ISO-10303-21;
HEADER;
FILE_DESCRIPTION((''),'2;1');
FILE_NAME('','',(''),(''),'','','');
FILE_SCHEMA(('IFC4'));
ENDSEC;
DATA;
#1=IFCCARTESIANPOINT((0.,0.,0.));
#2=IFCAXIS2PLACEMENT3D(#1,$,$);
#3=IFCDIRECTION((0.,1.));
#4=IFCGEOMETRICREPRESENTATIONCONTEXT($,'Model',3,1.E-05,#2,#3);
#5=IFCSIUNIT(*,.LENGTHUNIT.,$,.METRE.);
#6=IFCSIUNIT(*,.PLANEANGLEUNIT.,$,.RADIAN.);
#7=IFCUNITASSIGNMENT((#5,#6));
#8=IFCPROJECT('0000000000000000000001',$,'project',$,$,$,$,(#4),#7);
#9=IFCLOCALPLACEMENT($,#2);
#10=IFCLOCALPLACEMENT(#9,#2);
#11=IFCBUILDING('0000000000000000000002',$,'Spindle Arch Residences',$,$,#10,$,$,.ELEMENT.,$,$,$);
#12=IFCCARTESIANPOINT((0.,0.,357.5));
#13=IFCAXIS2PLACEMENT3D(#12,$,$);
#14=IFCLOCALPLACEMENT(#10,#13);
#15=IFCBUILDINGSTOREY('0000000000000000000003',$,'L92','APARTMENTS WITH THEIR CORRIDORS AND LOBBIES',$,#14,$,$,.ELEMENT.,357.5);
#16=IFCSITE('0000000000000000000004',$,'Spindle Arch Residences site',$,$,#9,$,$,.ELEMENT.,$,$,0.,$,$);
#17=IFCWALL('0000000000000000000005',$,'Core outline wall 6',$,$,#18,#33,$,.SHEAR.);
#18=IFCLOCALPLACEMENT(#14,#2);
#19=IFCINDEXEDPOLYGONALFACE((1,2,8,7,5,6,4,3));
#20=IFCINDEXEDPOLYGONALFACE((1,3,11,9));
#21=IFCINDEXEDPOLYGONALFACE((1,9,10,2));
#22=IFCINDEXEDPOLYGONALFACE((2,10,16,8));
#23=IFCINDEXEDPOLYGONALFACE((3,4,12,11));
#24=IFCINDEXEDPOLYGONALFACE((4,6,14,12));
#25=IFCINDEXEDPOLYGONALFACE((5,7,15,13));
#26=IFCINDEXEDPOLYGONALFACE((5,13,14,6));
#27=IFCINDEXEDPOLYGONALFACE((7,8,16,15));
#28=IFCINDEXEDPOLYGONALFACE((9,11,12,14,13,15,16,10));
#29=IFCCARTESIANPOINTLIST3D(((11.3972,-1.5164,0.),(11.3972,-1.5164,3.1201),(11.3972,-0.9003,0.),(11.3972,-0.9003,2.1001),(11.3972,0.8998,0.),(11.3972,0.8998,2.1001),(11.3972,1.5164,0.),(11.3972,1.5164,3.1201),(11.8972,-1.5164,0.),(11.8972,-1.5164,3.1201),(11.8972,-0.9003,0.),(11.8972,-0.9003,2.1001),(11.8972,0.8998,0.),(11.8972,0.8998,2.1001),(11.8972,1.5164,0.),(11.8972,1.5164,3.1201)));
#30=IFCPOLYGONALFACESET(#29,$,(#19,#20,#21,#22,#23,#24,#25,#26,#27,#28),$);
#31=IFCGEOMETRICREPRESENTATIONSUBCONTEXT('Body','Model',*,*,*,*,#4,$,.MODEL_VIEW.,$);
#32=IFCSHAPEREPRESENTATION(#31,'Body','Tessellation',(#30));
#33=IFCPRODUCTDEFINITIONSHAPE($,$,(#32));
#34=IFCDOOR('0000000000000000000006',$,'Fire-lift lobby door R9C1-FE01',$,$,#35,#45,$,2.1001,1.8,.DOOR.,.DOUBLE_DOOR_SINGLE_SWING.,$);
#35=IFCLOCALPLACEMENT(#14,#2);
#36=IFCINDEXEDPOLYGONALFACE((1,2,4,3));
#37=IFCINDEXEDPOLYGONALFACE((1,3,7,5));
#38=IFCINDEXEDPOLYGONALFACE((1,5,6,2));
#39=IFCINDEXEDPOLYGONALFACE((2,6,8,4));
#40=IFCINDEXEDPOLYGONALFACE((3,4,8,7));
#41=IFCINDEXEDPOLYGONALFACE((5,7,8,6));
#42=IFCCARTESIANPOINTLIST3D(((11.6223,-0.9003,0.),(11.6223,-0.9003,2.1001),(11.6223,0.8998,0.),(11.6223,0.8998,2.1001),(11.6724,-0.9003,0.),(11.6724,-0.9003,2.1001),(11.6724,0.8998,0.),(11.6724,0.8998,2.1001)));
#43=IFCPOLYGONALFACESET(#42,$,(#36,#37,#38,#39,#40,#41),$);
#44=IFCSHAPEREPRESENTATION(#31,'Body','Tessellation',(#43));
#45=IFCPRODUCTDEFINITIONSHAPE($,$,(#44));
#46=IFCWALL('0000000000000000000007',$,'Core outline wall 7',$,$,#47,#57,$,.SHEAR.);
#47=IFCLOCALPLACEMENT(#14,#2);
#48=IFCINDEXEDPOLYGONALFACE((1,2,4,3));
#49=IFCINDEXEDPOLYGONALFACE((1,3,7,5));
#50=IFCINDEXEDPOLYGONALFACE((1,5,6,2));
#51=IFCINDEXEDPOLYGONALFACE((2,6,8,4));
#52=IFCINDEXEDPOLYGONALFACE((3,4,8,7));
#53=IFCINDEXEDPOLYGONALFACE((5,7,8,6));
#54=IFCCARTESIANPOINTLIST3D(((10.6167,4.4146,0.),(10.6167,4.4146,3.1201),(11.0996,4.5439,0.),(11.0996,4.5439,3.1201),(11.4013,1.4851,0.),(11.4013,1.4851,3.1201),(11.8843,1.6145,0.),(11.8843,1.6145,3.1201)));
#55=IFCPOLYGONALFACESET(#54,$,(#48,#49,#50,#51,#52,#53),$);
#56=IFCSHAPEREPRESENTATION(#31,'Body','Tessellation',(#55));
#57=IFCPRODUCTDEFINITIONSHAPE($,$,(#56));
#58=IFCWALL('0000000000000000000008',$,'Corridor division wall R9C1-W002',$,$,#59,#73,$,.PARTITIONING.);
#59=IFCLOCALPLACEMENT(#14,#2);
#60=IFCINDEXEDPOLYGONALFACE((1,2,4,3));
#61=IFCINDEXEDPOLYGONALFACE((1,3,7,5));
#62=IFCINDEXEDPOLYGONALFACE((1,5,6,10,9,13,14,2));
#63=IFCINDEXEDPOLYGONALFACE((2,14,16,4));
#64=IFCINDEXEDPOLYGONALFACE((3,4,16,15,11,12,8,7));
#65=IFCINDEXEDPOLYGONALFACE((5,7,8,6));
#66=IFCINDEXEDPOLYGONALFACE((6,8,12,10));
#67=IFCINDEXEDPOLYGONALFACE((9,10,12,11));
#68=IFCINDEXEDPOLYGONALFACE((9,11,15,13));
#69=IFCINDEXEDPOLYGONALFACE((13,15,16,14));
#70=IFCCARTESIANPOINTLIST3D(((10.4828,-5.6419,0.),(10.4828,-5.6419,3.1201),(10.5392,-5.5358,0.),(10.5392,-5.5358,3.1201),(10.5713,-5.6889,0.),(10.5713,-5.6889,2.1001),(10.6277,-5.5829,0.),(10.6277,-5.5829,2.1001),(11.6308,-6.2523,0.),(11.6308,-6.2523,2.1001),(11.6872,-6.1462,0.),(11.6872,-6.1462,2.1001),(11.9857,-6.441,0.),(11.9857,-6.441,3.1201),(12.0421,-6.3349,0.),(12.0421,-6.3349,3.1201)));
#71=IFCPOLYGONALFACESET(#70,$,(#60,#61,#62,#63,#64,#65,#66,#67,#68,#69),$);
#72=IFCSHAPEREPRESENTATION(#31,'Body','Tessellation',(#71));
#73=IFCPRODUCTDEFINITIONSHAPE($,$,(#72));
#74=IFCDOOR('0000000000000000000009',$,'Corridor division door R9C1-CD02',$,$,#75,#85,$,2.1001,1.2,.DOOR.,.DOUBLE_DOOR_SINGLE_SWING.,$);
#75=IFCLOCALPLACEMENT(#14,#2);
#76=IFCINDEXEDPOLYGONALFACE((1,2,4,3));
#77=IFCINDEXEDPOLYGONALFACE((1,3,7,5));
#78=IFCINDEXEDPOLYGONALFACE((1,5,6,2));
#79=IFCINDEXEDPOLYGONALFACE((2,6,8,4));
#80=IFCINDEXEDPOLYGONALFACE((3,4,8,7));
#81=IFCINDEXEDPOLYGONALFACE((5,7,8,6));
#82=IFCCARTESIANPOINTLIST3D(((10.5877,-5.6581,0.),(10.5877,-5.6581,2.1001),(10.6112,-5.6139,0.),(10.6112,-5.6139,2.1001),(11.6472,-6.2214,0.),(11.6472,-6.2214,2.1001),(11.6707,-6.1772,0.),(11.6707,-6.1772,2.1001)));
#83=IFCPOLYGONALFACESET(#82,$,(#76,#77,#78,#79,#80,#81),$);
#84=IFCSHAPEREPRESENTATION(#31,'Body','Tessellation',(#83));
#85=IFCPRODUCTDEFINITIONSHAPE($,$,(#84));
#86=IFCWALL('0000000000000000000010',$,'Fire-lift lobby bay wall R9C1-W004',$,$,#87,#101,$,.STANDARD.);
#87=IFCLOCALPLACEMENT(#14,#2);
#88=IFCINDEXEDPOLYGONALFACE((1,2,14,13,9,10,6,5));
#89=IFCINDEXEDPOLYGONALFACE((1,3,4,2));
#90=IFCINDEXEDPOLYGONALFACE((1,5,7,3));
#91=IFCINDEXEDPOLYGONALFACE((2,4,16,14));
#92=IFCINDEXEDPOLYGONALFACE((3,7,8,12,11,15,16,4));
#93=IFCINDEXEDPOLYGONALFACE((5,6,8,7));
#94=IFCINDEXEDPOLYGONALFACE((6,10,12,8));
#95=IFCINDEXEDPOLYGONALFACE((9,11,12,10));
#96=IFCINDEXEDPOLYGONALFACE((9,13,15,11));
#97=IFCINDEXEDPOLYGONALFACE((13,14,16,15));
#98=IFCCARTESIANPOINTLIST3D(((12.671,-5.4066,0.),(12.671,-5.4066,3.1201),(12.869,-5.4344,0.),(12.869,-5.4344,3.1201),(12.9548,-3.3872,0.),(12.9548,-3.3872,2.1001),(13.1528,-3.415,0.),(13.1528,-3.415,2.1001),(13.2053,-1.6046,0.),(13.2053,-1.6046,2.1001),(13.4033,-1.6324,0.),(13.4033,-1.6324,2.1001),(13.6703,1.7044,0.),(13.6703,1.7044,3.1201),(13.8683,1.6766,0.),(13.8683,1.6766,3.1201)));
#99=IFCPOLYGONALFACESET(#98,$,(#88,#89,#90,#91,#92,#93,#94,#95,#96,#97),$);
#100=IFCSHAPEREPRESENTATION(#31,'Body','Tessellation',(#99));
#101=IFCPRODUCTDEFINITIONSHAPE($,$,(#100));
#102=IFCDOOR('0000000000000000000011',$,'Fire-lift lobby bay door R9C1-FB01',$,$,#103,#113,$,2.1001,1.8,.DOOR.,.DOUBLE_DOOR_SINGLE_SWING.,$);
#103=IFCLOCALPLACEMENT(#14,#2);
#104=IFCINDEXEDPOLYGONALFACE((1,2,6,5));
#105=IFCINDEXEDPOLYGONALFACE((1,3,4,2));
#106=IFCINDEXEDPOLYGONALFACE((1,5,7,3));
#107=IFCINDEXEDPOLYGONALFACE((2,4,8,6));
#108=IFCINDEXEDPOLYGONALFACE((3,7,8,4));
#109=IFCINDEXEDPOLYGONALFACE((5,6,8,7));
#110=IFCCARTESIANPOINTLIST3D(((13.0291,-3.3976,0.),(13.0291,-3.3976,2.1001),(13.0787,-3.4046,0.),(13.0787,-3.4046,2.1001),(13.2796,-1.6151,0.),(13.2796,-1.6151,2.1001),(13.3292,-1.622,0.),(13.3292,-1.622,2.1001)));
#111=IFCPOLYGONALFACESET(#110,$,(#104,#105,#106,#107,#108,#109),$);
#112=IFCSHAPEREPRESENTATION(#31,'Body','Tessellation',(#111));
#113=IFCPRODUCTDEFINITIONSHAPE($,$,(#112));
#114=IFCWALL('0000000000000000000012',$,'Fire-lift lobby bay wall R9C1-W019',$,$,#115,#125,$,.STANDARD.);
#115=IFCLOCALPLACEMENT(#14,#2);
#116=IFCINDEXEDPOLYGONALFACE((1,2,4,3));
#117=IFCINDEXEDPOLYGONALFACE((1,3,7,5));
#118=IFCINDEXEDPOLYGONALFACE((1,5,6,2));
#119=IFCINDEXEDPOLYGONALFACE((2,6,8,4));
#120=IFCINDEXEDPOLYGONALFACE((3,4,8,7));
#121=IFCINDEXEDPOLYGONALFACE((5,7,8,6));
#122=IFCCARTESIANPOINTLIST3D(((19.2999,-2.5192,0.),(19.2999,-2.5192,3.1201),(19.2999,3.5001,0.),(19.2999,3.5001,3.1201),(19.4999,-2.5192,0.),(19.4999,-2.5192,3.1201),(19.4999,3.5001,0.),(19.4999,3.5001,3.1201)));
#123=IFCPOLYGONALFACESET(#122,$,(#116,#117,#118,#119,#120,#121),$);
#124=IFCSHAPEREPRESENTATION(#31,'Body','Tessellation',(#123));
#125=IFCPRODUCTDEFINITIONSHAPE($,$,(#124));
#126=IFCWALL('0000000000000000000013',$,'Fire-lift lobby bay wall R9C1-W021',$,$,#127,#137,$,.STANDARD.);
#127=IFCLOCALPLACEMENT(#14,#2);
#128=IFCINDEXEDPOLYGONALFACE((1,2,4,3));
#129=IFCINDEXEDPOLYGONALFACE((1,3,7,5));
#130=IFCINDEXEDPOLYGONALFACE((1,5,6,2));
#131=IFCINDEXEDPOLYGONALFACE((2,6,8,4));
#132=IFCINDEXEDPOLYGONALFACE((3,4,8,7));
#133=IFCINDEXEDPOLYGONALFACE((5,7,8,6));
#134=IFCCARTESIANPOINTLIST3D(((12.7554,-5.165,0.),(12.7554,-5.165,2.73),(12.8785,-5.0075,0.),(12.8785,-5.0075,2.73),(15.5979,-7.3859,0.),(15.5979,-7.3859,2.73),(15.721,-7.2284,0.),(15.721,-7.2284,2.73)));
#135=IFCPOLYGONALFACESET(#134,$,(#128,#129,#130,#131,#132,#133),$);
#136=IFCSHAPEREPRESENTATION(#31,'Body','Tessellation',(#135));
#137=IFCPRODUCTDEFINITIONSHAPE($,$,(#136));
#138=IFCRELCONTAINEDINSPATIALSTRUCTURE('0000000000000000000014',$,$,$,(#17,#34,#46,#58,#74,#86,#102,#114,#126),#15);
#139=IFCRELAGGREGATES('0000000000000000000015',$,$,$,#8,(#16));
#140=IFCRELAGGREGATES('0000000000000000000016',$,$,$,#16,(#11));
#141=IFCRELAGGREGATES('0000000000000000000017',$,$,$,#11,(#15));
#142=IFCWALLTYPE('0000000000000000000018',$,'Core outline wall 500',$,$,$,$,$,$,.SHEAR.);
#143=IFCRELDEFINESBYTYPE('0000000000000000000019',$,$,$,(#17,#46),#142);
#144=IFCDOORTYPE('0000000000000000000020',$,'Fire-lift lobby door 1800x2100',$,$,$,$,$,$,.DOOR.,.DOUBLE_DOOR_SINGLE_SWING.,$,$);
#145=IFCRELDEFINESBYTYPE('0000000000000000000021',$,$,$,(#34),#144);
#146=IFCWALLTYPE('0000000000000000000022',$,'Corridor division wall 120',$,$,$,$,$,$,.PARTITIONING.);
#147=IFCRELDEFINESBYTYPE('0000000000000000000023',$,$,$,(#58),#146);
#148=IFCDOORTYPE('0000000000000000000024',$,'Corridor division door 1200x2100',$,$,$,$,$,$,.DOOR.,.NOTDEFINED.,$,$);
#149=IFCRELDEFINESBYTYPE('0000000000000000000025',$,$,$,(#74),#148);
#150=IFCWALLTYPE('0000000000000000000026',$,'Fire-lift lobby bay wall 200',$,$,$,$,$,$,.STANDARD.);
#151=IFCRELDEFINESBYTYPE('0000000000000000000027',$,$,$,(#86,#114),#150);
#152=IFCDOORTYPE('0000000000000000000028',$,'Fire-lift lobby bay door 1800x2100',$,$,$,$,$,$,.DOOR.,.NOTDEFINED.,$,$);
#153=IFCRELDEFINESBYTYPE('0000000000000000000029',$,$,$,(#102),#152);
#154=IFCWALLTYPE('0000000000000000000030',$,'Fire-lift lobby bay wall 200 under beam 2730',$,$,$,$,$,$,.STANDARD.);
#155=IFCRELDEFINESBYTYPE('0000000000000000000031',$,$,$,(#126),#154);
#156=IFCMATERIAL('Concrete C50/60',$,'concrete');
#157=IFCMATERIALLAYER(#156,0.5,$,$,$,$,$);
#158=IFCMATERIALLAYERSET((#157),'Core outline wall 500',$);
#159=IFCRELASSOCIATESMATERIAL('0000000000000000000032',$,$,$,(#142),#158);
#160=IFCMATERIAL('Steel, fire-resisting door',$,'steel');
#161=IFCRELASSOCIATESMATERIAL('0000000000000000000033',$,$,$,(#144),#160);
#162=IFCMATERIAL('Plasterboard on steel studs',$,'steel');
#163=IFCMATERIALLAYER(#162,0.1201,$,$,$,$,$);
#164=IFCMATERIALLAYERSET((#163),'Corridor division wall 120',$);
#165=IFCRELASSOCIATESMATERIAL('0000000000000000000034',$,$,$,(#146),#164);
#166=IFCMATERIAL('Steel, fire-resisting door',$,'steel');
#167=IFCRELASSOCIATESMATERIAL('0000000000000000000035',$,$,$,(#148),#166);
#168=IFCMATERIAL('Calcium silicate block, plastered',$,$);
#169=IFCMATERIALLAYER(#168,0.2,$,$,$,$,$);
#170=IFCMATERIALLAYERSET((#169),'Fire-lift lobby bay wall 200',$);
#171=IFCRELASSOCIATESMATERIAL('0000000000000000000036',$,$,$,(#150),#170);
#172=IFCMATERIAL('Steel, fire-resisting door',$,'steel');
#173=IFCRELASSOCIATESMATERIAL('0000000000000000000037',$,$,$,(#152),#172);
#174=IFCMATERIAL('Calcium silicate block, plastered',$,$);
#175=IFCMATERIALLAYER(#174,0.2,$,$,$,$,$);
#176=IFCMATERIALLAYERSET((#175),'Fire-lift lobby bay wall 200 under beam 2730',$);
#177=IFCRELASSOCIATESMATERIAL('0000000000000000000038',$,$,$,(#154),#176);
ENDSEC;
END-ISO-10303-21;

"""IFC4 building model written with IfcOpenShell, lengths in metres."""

from ifc_helpers import new_model, si_unit, direction, frame, frame_2d, origin, place, context, subcontext, project, spatial, rectangle, extrude, material, layer, layer_set, type_object, element, fill, save


model = new_model("IFC4")

# Units and contexts
model_context = context("Model", 3, precision=1e-05, world=origin(), true_north=direction((0.0, 1.0)))
body_context = subcontext(model_context, "Body", "Model", "MODEL_VIEW")
ifc_project = project(units=[si_unit("LENGTHUNIT", "METRE"), si_unit("PLANEANGLEUNIT", "RADIAN")], contexts=[model_context])

# Site, building, storey
site_placement = place(None, origin())
site = spatial("IfcSite", under=ifc_project, at=site_placement, Name="Spindle Arch Residences site", CompositionType="ELEMENT", RefElevation=0.0)
building_placement = place(site_placement, origin())
building = spatial("IfcBuilding", under=site, at=building_placement, Name="Spindle Arch Residences", CompositionType="ELEMENT")
storey_placement = place(building_placement, frame((0.0, 0.0, 357.5)))
storey = spatial("IfcBuildingStorey", under=building, at=storey_placement, Name="L92", Description="APARTMENTS WITH THEIR CORRIDORS AND LOBBIES", CompositionType="ELEMENT", Elevation=357.5)

# Shared definitions
ifc_material_1 = material(Name="Concrete C50/60", Category="concrete")
ifc_layer_1 = layer(ifc_material_1, 0.5)
ifc_layer_set_1 = layer_set([ifc_layer_1], Name="Core outline wall 500")
wall_type_1 = type_object("IfcWallType", Name="Core outline wall 500", PredefinedType="SHEAR", material=ifc_layer_set_1)

# Wall, opening, door
wall_1_placement = place(storey_placement, frame((11.6472, -1.5164, 0.0), z_axis=(0.0, 0.0, 1.0), x_axis=(0.0, 1.0, 0.0)))
wall_1 = element("IfcWall", 1, at=wall_1_placement, inside=storey, type_object=wall_type_1, Name="Core outline wall 6", PredefinedType="SHEAR", context=body_context, shape_type="SweptSolid", body=[
    extrude(rectangle(XDim=3.0327, YDim=0.5, at=frame_2d((1.5164, 0.0))), origin(), (0.0, 0.0, 1.0), 3.1201),
])
opening_1_placement = place(wall_1_placement, frame((0.6162, 0.0, 0.0)))
opening_1 = element("IfcOpeningElement", 2, at=opening_1_placement, cuts=wall_1, PredefinedType="OPENING", context=body_context, shape_type="SweptSolid", body=[
    extrude(rectangle(XDim=1.8, YDim=2.1001, at=frame_2d((0.8999, 1.05))), frame((0.0, 0.26, 0.0), z_axis=(0.0, -1.0, 0.0), x_axis=(1.0, 0.0, 0.0)), (0.0, 0.0, 1.0), 0.52),
])
ifc_material_2 = material(Name="Steel, fire-resisting door", Category="steel")
door_type_1 = type_object("IfcDoorType", Name="Fire-lift lobby door 1800x2100", OperationType="DOUBLE_DOOR_SINGLE_SWING", PredefinedType="DOOR", material=ifc_material_2)
door_1_placement = place(opening_1_placement, origin())
door_1 = element("IfcDoor", 3, at=door_1_placement, inside=storey, type_object=door_type_1, Name="Fire-lift lobby door R9C1-FE01", OperationType="DOUBLE_DOOR_SINGLE_SWING", OverallHeight=2.1001, OverallWidth=1.8, PredefinedType="DOOR", context=body_context, shape_type="SweptSolid", body=[
    extrude(rectangle(XDim=1.8, YDim=2.1001, at=frame_2d((0.8999, 1.05))), frame((0.0, 0.0249, 0.0), z_axis=(0.0, -1.0, 0.0), x_axis=(1.0, 0.0, 0.0)), (0.0, 0.0, 1.0), 0.05),
])
fill(opening_1, door_1)

# Wall
wall_2_placement = place(storey_placement, frame((11.6428, 1.5498, 0.0), z_axis=(0.0, 0.0, 1.0), x_axis=(-0.258735, 0.965948, 0.0)))
element("IfcWall", 4, at=wall_2_placement, inside=storey, type_object=wall_type_1, Name="Core outline wall 7", PredefinedType="SHEAR", context=body_context, shape_type="SweptSolid", body=[
    extrude(rectangle(XDim=3.0327, YDim=0.5, at=frame_2d((1.5164, 0.0))), origin(), (0.0, 0.0, 1.0), 3.1201),
])

# Walls, openings, doors
ifc_material_3 = material(Name="Plasterboard on steel studs", Category="steel")
ifc_layer_2 = layer(ifc_material_3, 0.1201)
ifc_layer_set_2 = layer_set([ifc_layer_2], Name="Corridor division wall 120")
wall_type_2 = type_object("IfcWallType", Name="Corridor division wall 120", PredefinedType="PARTITIONING", material=ifc_layer_set_2)
wall_3_placement = place(storey_placement, frame((10.511, -5.5889, 0.0), z_axis=(0.0, 0.0, 1.0), x_axis=(0.88296, -0.469449, 0.0)))
wall_3 = element("IfcWall", 5, at=wall_3_placement, inside=storey, type_object=wall_type_2, Name="Corridor division wall R9C1-W002", PredefinedType="PARTITIONING", context=body_context, shape_type="SweptSolid", body=[
    extrude(rectangle(XDim=1.7021, YDim=0.1201, at=frame_2d((0.8511, 0.0))), origin(), (0.0, 0.0, 1.0), 3.1201),
])
opening_2_placement = place(wall_3_placement, frame((0.1001, 0.0, 0.0)))
opening_2 = element("IfcOpeningElement", 6, at=opening_2_placement, cuts=wall_3, PredefinedType="OPENING", context=body_context, shape_type="SweptSolid", body=[
    extrude(rectangle(XDim=1.2, YDim=2.1001, at=frame_2d((0.6001, 1.05))), frame((0.0, 0.0701, 0.0), z_axis=(0.0, -1.0, 0.0), x_axis=(1.0, 0.0, 0.0)), (0.0, 0.0, 1.0), 0.1401),
])
ifc_material_4 = material(Name="Steel, fire-resisting door", Category="steel")
door_type_2 = type_object("IfcDoorType", Name="Corridor division door 1200x2100", OperationType="NOTDEFINED", PredefinedType="DOOR", material=ifc_material_4)
door_2_placement = place(opening_2_placement, origin())
door_2 = element("IfcDoor", 7, at=door_2_placement, inside=storey, type_object=door_type_2, Name="Corridor division door R9C1-CD02", OperationType="DOUBLE_DOOR_SINGLE_SWING", OverallHeight=2.1001, OverallWidth=1.2, PredefinedType="DOOR", context=body_context, shape_type="SweptSolid", body=[
    extrude(rectangle(XDim=1.2, YDim=2.1001, at=frame_2d((0.6001, 1.05))), frame((0.0, 0.0249, 0.0), z_axis=(0.0, -1.0, 0.0), x_axis=(1.0, 0.0, 0.0)), (0.0, 0.0, 1.0), 0.05),
])
fill(opening_2, door_2)
ifc_material_5 = material(Name="Calcium silicate block, plastered")
ifc_layer_3 = layer(ifc_material_5, 0.2)
ifc_layer_set_3 = layer_set([ifc_layer_3], Name="Fire-lift lobby bay wall 200")
wall_type_3 = type_object("IfcWallType", Name="Fire-lift lobby bay wall 200", PredefinedType="STANDARD", material=ifc_layer_set_3)
wall_4_placement = place(storey_placement, frame((12.77, -5.4204, 0.0), z_axis=(0.0, 0.0, 1.0), x_axis=(0.139155, 0.990271, 0.0)))
wall_4 = element("IfcWall", 8, at=wall_4_placement, inside=storey, type_object=wall_type_3, Name="Fire-lift lobby bay wall R9C1-W004", PredefinedType="STANDARD", context=body_context, shape_type="SweptSolid", body=[
    extrude(rectangle(XDim=7.1809, YDim=0.2, at=frame_2d((3.5903, 0.0))), origin(), (0.0, 0.0, 1.0), 3.1201),
])
opening_3_placement = place(wall_4_placement, frame((2.0393, 0.0, 0.0)))
opening_3 = element("IfcOpeningElement", 9, at=opening_3_placement, cuts=wall_4, PredefinedType="OPENING", context=body_context, shape_type="SweptSolid", body=[
    extrude(rectangle(XDim=1.8, YDim=2.1001, at=frame_2d((0.8999, 1.05))), frame((0.0, 0.1099, 0.0), z_axis=(0.0, -1.0, 0.0), x_axis=(1.0, 0.0, 0.0)), (0.0, 0.0, 1.0), 0.22),
])
ifc_material_6 = material(Name="Steel, fire-resisting door", Category="steel")
door_type_3 = type_object("IfcDoorType", Name="Fire-lift lobby bay door 1800x2100", OperationType="NOTDEFINED", PredefinedType="DOOR", material=ifc_material_6)
door_3_placement = place(opening_3_placement, origin())
door_3 = element("IfcDoor", 10, at=door_3_placement, inside=storey, type_object=door_type_3, Name="Fire-lift lobby bay door R9C1-FB01", OperationType="DOUBLE_DOOR_SINGLE_SWING", OverallHeight=2.1001, OverallWidth=1.8, PredefinedType="DOOR", context=body_context, shape_type="SweptSolid", body=[
    extrude(rectangle(XDim=1.8, YDim=2.1001, at=frame_2d((0.8999, 1.05))), frame((0.0, 0.0249, 0.0), z_axis=(0.0, -1.0, 0.0), x_axis=(1.0, 0.0, 0.0)), (0.0, 0.0, 1.0), 0.05),
])
fill(opening_3, door_3)

# Walls
wall_5_placement = place(storey_placement, frame((19.3999, -2.5193, 0.0), z_axis=(0.0, 0.0, 1.0), x_axis=(0.0, 1.0, 0.0)))
element("IfcWall", 11, at=wall_5_placement, inside=storey, type_object=wall_type_3, Name="Fire-lift lobby bay wall R9C1-W019", PredefinedType="STANDARD", context=body_context, shape_type="SweptSolid", body=[
    extrude(rectangle(XDim=6.0193, YDim=0.2, at=frame_2d((3.0098, 0.0))), origin(), (0.0, 0.0, 1.0), 3.1201),
])
ifc_material_7 = material(Name="Calcium silicate block, plastered")
ifc_layer_4 = layer(ifc_material_7, 0.2)
ifc_layer_set_4 = layer_set([ifc_layer_4], Name="Fire-lift lobby bay wall 200 under beam 2730")
wall_type_4 = type_object("IfcWallType", Name="Fire-lift lobby bay wall 200 under beam 2730", PredefinedType="STANDARD", material=ifc_layer_set_4)
wall_6_placement = place(storey_placement, frame((12.8169, -5.0862, 0.0), z_axis=(0.0, 0.0, 1.0), x_axis=(0.787995, -0.615682, 0.0)))
element("IfcWall", 12, at=wall_6_placement, inside=storey, type_object=wall_type_4, Name="Fire-lift lobby bay wall R9C1-W021", PredefinedType="STANDARD", context=body_context, shape_type="SweptSolid", body=[
    extrude(rectangle(XDim=3.6072, YDim=0.2, at=frame_2d((1.8037, 0.0))), origin(), (0.0, 0.0, 1.0), 2.73),
])

save(model, "model.ifc")
